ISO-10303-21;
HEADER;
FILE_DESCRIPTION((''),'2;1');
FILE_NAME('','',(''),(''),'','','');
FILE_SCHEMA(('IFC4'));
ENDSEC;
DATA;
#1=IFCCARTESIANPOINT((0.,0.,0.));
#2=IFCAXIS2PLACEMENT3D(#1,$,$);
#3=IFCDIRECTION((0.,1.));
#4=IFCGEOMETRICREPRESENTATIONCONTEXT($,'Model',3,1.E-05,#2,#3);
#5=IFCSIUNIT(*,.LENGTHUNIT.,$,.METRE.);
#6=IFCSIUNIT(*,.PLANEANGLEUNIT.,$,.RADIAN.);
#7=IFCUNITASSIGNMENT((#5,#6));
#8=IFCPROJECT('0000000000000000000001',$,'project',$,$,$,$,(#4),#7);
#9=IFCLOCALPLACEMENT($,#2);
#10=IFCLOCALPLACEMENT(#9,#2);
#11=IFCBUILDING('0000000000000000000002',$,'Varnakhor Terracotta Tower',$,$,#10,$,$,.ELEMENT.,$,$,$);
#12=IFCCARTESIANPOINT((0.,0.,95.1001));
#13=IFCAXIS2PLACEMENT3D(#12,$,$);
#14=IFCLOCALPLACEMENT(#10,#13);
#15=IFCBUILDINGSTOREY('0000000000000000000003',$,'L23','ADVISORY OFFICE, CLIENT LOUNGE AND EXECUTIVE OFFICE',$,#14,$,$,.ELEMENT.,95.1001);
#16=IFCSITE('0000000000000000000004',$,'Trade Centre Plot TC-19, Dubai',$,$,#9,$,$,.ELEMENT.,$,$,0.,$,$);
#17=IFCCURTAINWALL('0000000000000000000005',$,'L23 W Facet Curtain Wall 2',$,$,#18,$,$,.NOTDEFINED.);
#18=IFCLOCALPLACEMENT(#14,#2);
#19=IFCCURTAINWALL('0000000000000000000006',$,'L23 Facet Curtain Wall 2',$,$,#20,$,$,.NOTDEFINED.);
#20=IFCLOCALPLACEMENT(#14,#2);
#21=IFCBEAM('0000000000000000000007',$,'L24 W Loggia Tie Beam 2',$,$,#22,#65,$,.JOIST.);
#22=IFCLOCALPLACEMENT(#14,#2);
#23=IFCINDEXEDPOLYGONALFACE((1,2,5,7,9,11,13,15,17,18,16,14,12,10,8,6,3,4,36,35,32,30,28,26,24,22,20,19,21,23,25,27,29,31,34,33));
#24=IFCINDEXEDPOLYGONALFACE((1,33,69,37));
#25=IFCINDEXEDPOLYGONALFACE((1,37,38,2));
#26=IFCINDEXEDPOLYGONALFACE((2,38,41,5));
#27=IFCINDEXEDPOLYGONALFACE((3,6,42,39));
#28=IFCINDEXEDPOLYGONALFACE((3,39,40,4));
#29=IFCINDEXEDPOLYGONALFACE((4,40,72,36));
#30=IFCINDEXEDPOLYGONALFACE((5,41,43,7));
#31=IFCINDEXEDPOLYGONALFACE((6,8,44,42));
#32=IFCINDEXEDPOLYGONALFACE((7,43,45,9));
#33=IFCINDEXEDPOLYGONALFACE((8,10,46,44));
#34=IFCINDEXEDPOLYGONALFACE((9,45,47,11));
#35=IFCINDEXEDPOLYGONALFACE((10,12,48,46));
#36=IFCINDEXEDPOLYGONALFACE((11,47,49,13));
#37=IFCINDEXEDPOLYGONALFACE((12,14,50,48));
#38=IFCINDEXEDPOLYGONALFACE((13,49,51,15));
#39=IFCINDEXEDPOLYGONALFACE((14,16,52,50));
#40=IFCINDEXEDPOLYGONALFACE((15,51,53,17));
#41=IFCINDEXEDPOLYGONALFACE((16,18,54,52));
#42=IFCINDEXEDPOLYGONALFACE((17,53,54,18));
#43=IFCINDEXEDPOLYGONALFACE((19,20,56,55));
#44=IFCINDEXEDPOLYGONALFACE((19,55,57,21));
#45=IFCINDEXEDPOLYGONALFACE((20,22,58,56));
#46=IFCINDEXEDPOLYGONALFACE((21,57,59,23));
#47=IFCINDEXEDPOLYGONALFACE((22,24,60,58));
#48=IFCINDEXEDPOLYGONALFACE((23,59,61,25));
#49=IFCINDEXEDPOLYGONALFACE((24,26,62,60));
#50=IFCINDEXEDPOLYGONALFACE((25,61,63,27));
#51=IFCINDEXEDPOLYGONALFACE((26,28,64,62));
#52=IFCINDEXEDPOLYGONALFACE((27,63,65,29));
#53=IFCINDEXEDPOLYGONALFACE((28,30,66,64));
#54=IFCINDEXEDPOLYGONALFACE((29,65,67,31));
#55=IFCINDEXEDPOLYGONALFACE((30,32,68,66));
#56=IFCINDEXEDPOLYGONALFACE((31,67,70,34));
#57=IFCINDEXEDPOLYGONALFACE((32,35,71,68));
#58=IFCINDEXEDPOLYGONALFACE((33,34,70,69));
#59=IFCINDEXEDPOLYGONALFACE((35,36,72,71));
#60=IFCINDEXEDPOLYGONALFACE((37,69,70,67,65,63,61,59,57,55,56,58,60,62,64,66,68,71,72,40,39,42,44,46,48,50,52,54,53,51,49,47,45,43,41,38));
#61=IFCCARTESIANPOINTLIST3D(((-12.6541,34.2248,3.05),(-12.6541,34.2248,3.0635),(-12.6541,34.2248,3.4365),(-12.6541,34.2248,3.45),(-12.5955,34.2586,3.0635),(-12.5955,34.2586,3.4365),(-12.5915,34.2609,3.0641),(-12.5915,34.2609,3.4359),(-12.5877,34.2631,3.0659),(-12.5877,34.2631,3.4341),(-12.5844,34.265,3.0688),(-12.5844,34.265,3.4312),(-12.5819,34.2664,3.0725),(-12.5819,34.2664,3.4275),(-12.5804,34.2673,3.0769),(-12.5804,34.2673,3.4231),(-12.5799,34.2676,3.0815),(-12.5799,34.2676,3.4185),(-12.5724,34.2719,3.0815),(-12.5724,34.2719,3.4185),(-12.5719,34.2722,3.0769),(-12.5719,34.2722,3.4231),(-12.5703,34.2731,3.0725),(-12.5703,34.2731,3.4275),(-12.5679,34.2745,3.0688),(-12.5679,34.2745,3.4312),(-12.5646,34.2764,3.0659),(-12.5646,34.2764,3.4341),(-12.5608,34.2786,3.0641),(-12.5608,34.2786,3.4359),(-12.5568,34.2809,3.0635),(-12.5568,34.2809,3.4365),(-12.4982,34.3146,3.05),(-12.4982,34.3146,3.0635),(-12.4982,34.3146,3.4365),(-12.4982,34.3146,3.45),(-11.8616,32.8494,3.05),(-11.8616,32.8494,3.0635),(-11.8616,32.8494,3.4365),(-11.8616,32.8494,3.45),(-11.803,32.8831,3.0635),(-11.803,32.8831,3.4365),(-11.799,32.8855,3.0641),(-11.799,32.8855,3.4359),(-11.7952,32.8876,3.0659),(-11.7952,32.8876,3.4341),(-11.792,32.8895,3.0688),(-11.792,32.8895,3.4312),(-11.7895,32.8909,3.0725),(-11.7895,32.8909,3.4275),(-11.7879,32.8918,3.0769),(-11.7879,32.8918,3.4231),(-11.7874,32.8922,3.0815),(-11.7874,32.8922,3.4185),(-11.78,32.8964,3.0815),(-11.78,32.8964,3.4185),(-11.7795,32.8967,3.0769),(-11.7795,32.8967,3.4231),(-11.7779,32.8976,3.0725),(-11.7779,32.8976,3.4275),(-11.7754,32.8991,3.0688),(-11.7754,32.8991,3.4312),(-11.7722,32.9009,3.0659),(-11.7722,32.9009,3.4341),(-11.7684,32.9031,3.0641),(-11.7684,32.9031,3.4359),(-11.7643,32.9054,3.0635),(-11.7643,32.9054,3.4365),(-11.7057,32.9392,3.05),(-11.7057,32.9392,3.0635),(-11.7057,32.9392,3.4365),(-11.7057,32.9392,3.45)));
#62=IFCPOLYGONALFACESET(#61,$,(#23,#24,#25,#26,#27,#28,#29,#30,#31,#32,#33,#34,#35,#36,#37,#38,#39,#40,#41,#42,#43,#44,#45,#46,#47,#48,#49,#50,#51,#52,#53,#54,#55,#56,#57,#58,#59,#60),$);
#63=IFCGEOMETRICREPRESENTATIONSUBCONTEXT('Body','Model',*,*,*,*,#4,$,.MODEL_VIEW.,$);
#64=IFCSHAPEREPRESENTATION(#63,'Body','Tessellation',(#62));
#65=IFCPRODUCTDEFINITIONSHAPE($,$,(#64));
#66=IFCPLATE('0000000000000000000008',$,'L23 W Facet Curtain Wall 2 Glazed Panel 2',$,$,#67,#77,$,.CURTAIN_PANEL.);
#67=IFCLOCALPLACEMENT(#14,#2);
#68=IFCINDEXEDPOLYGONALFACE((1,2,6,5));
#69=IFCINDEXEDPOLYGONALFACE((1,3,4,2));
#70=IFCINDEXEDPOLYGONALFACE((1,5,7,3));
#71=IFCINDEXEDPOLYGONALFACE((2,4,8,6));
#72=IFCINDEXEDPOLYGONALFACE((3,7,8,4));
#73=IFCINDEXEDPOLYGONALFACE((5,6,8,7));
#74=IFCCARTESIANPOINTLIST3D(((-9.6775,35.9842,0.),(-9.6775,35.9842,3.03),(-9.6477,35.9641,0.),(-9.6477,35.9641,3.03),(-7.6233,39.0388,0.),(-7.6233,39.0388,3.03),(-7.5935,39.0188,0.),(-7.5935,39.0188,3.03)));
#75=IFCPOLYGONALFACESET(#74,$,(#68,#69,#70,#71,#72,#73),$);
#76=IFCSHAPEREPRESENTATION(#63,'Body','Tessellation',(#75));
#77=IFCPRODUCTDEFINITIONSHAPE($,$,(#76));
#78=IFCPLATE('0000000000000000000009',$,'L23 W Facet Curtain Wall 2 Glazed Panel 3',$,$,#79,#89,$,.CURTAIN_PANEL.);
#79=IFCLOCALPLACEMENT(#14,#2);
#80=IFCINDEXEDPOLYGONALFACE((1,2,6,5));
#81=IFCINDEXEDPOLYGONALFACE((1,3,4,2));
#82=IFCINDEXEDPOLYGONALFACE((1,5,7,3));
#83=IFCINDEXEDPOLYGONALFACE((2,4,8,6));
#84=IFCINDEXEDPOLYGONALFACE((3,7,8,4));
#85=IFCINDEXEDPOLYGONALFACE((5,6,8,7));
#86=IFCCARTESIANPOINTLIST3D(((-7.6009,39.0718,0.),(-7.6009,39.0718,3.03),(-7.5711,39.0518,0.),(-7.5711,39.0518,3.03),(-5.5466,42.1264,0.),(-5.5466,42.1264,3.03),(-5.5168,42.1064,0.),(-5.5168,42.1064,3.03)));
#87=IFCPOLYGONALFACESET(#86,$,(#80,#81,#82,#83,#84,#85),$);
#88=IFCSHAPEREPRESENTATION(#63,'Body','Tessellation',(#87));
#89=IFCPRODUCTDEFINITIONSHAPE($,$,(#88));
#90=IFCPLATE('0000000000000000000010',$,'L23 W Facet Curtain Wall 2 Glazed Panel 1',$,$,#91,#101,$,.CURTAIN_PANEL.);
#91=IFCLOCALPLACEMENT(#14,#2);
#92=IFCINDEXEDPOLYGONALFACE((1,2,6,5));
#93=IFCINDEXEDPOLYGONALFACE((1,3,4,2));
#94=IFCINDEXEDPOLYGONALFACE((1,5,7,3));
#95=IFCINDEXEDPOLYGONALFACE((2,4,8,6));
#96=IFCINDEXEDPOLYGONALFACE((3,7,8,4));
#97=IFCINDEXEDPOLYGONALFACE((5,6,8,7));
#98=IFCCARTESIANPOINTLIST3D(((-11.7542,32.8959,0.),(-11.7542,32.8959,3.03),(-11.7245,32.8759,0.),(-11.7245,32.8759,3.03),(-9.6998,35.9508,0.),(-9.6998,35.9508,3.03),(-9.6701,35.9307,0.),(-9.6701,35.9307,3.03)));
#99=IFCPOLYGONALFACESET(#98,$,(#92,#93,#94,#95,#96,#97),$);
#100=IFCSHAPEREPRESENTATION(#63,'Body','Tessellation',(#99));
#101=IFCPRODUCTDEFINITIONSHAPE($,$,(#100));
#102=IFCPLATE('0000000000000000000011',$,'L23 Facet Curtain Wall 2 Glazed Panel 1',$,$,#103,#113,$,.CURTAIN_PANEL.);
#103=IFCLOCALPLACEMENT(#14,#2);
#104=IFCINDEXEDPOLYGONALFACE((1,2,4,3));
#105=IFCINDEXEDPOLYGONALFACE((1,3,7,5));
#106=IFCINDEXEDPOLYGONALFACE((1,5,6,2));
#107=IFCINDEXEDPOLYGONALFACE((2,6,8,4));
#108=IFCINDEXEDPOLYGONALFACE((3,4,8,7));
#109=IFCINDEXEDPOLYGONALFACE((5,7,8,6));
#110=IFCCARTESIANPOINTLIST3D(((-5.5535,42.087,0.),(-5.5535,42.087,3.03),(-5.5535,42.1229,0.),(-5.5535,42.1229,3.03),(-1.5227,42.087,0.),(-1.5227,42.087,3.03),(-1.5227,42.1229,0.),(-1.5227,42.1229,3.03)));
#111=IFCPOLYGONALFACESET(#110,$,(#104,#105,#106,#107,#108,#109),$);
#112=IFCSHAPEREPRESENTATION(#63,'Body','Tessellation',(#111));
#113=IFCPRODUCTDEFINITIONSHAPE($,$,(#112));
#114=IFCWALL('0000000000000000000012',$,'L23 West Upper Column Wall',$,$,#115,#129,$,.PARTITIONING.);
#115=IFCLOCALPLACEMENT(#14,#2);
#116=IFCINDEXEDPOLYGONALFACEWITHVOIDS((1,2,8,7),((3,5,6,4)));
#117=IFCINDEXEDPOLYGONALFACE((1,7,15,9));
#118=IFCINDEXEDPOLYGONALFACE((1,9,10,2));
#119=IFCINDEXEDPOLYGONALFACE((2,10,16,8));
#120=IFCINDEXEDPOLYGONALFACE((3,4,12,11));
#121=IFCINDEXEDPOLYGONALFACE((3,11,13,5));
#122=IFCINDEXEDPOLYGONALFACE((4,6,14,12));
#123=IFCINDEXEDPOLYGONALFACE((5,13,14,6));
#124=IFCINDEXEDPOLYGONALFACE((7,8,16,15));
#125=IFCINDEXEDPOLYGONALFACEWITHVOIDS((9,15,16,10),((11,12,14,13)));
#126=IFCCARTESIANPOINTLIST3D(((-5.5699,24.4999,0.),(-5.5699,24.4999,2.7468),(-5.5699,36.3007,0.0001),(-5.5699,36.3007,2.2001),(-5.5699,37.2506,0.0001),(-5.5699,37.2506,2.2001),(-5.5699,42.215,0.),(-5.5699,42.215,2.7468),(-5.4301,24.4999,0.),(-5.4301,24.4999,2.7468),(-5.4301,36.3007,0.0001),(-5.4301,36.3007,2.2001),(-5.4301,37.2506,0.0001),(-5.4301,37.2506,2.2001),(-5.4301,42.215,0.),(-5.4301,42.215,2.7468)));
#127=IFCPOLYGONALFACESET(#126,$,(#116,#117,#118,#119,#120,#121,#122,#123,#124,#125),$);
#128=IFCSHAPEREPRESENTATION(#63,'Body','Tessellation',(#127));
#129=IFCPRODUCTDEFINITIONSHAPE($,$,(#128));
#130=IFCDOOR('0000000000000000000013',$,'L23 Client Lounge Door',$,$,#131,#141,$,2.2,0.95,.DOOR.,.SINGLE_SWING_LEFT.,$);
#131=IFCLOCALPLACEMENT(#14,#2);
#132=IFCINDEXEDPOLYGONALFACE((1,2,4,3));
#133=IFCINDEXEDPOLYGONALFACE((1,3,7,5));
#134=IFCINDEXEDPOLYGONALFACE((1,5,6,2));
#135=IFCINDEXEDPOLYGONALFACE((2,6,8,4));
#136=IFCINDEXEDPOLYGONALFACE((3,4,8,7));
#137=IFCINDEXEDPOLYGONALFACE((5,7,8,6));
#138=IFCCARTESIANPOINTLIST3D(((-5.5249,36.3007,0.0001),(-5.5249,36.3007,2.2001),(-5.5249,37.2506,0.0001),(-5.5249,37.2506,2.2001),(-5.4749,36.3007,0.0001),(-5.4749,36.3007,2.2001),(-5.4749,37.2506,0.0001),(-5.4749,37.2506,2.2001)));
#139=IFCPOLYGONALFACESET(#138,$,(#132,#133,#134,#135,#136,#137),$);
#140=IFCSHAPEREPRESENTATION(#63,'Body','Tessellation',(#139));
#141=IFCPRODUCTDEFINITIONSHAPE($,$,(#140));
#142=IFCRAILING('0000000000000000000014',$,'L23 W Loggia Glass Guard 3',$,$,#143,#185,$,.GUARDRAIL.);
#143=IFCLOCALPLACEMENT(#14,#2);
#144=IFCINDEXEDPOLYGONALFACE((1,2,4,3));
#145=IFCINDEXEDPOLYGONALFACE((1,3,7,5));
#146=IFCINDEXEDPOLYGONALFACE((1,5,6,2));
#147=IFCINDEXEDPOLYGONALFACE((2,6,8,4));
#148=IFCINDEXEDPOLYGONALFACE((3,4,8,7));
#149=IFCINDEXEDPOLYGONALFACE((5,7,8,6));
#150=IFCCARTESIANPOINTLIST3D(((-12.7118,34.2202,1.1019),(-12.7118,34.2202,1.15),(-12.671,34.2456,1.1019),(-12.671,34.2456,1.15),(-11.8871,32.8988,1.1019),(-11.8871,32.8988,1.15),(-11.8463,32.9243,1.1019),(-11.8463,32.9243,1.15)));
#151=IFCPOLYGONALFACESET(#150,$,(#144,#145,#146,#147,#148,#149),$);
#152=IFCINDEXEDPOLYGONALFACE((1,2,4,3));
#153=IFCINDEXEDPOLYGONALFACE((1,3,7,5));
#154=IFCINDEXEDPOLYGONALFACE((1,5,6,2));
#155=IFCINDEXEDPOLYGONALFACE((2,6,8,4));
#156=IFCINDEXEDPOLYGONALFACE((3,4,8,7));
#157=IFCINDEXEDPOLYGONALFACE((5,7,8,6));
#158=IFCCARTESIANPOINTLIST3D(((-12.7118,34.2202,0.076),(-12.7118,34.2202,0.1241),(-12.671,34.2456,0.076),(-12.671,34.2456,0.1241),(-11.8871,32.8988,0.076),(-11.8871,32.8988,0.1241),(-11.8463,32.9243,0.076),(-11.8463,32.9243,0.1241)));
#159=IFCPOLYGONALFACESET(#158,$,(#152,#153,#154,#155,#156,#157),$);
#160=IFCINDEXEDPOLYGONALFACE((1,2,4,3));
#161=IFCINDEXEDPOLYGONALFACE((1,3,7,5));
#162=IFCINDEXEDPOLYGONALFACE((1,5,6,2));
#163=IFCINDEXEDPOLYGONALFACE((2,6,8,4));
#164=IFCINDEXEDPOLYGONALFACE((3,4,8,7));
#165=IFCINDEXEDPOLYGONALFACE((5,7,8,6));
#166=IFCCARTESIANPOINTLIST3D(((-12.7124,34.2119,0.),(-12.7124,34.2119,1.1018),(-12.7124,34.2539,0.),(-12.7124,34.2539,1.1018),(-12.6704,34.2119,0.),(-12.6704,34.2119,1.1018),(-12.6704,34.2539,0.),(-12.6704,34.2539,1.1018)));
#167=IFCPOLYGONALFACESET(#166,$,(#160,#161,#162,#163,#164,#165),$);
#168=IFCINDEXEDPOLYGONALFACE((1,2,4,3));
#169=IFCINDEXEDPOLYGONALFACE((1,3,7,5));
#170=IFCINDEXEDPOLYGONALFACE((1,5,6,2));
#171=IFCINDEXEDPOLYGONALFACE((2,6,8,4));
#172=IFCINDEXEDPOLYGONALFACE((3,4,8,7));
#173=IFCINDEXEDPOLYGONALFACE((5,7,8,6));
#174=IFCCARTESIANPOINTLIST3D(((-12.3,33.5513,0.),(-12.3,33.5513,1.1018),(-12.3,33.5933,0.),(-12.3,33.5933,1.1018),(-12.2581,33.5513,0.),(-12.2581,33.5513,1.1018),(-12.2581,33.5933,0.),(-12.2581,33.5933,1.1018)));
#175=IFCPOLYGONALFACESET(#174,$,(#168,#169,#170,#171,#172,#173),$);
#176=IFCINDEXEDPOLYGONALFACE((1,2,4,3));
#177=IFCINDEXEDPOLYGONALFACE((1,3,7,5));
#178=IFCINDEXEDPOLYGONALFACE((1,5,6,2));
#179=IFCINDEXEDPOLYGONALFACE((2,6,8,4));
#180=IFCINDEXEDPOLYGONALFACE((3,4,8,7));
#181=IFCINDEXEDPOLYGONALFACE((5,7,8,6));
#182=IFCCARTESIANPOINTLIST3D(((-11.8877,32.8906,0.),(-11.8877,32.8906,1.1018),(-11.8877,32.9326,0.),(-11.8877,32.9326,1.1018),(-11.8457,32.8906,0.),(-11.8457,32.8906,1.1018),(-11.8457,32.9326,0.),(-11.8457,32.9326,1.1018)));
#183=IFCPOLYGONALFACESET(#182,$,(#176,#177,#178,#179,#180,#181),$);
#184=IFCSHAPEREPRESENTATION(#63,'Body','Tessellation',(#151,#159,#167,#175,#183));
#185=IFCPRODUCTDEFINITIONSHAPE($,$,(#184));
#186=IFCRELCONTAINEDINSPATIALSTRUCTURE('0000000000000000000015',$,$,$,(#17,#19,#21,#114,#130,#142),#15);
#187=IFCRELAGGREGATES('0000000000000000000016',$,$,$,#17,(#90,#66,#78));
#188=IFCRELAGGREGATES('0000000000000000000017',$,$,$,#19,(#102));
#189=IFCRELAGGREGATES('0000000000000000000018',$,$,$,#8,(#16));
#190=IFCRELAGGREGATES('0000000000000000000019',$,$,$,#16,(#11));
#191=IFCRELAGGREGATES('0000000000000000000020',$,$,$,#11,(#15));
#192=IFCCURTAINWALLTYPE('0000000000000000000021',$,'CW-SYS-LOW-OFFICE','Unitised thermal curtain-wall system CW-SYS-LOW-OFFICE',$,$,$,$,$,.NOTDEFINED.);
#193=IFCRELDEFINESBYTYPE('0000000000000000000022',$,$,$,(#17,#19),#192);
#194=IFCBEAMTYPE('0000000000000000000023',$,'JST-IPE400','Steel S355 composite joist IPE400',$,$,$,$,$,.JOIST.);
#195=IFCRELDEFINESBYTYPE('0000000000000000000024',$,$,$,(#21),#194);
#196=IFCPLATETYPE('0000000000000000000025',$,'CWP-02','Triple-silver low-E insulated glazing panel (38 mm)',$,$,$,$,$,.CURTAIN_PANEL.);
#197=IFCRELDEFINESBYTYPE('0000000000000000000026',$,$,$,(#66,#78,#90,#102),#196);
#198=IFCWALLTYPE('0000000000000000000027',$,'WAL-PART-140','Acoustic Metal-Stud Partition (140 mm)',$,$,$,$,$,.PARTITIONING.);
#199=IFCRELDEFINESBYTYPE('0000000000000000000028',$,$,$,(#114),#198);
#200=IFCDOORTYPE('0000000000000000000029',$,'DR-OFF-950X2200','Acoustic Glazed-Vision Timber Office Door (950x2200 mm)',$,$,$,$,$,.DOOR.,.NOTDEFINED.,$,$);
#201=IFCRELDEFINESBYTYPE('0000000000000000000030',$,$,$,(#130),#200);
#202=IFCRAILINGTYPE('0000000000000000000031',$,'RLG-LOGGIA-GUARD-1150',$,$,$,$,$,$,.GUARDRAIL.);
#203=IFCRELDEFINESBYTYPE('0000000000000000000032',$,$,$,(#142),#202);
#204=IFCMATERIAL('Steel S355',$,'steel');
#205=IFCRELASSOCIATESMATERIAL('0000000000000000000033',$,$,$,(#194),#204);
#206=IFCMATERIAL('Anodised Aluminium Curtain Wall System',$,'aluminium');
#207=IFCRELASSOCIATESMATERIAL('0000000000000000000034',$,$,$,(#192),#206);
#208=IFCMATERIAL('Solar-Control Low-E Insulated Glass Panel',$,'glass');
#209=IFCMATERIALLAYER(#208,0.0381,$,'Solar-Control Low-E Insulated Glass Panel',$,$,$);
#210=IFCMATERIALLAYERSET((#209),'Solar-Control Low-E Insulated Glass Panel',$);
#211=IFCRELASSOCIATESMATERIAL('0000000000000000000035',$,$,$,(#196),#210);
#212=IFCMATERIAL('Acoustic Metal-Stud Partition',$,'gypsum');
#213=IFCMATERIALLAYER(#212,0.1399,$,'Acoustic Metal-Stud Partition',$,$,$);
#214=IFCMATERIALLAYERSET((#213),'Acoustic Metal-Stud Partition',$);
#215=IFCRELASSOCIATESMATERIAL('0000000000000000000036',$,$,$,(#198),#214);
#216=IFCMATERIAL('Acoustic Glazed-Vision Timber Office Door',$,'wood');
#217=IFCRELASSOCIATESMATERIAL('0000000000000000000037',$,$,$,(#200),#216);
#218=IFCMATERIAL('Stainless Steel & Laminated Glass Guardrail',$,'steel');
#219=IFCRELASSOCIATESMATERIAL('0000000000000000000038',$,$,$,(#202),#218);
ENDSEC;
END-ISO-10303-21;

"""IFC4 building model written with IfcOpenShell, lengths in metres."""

from ifc_helpers import new_model, si_unit, direction, frame, frame_2d, origin, origin_2d, place, context, subcontext, project, spatial, rectangle, i_section, extrude, source, transform, mapped, material, layer, layer_set, material_profile, profile_set, type_object, type_shapes, element, fill, aggregate, save


model = new_model("IFC4")

# Units and contexts
model_context = context("Model", 3, precision=1e-05, world=origin(), true_north=direction((0.0, 1.0)))
body_context = subcontext(model_context, "Body", "Model", "MODEL_VIEW")
ifc_project = project(units=[si_unit("LENGTHUNIT", "METRE"), si_unit("PLANEANGLEUNIT", "RADIAN")], contexts=[model_context])

# Site, building, storey
site_placement = place(None, origin())
site = spatial("IfcSite", under=ifc_project, at=site_placement, Name="Trade Centre Plot TC-19, Dubai", CompositionType="ELEMENT", RefElevation=0.0)
building_placement = place(site_placement, origin())
building = spatial("IfcBuilding", under=site, at=building_placement, Name="Varnakhor Terracotta Tower", CompositionType="ELEMENT")
storey_placement = place(building_placement, frame((0.0, 0.0, 95.1001)))
storey = spatial("IfcBuildingStorey", under=building, at=storey_placement, Name="L23", Description="ADVISORY OFFICE, CLIENT LOUNGE AND EXECUTIVE OFFICE", CompositionType="ELEMENT", Elevation=95.1001)

# Shared definitions
ifc_material_1 = material(Name="Steel S355", Category="steel")
ifc_material_profile_1 = material_profile(ifc_material_1, i_section(OverallWidth=0.1799, OverallDepth=0.3999, WebThickness=0.0085, FlangeThickness=0.0134, FilletRadius=0.0181, at=origin_2d()), Name="IPE400")
ifc_profile_set_1 = profile_set([ifc_material_profile_1], Name="Steel S355")
beam_type_1 = type_object("IfcBeamType", Name="JST-IPE400", Description="Steel S355 composite joist IPE400", PredefinedType="JOIST", material=ifc_profile_set_1)

# Curtain walls
ifc_material_2 = material(Name="Anodised Aluminium Curtain Wall System", Category="aluminium")
curtain_wall_type = type_object("IfcCurtainWallType", Name="CW-SYS-LOW-OFFICE", Description="Unitised thermal curtain-wall system CW-SYS-LOW-OFFICE", PredefinedType="NOTDEFINED", material=ifc_material_2)
curtain_wall_1_placement = place(storey_placement, origin())
curtain_wall_1 = element("IfcCurtainWall", 1, at=curtain_wall_1_placement, inside=storey, type_object=curtain_wall_type, Name="L23 W Facet Curtain Wall 2", PredefinedType="NOTDEFINED")
curtain_wall_2_placement = place(storey_placement, origin())
curtain_wall_2 = element("IfcCurtainWall", 2, at=curtain_wall_2_placement, inside=storey, type_object=curtain_wall_type, Name="L23 Facet Curtain Wall 2", PredefinedType="NOTDEFINED")

# Beam
shared_shape_1 = source(origin(), body_context, "Body", "SweptSolid", [
    extrude(i_section(OverallWidth=0.1799, OverallDepth=0.3999, WebThickness=0.0085, FlangeThickness=0.0134, FilletRadius=0.0181, at=origin_2d()), origin(), (0.0, 0.0, 1.0), 1.5874),
])
beam_1_placement = place(storey_placement, frame((-11.7837, 32.8943, 3.25), z_axis=(-0.499216, 0.866477, 0.0), x_axis=(-0.866477, -0.499216, 0.0)))
element("IfcBeam", 3, at=beam_1_placement, inside=storey, type_object=beam_type_1, Name="L24 W Loggia Tie Beam 2", PredefinedType="JOIST", context=body_context, shape_type="MappedRepresentation", body=[
    mapped(shared_shape_1, transform((0.0, 0.0, 0.0), scale=1.0)),
])

# Plates
ifc_material_3 = material(Name="Solar-Control Low-E Insulated Glass Panel", Category="glass")
ifc_layer_1 = layer(ifc_material_3, 0.0381, Name="Solar-Control Low-E Insulated Glass Panel")
ifc_layer_set_1 = layer_set([ifc_layer_1], Name="Solar-Control Low-E Insulated Glass Panel")
plate_type = type_object("IfcPlateType", Name="CWP-02", Description="Triple-silver low-E insulated glazing panel (38 mm)", PredefinedType="CURTAIN_PANEL", material=ifc_layer_set_1)
shared_shape_2 = source(origin(), body_context, "Body", "SweptSolid", [
    extrude(rectangle(XDim=3.6812, YDim=0.0359, at=origin_2d()), origin(), (0.0, 0.0, 1.0), 3.03),
])
plate_1_placement = place(storey_placement, frame((-8.6355, 37.5015, 0.0), z_axis=(0.0, 0.0, 1.0), x_axis=(0.558049, 0.829808, 0.0)))
plate_1 = element("IfcPlate", 4, at=plate_1_placement, type_object=plate_type, Name="L23 W Facet Curtain Wall 2 Glazed Panel 2", PredefinedType="CURTAIN_PANEL", context=body_context, shape_type="MappedRepresentation", body=[
    mapped(shared_shape_2, transform((0.0, 0.0, 0.0), scale=1.0)),
])
plate_2_placement = place(storey_placement, frame((-6.5588, 40.5891, 0.0), z_axis=(0.0, 0.0, 1.0), x_axis=(0.558049, 0.829808, 0.0)))
plate_2 = element("IfcPlate", 5, at=plate_2_placement, type_object=plate_type, Name="L23 W Facet Curtain Wall 2 Glazed Panel 3", PredefinedType="CURTAIN_PANEL", context=body_context, shape_type="MappedRepresentation", body=[
    mapped(shared_shape_2, transform((0.0, 0.0, 0.0), scale=1.0)),
])
shared_shape_3 = source(origin(), body_context, "Body", "SweptSolid", [
    extrude(rectangle(XDim=3.6814, YDim=0.0359, at=origin_2d()), origin(), (0.0, 0.0, 1.0), 3.03),
])
plate_3_placement = place(storey_placement, frame((-10.7122, 34.4133, 0.0), z_axis=(0.0, 0.0, 1.0), x_axis=(0.558049, 0.829808, 0.0)))
plate_3 = element("IfcPlate", 6, at=plate_3_placement, type_object=plate_type, Name="L23 W Facet Curtain Wall 2 Glazed Panel 1", PredefinedType="CURTAIN_PANEL", context=body_context, shape_type="MappedRepresentation", body=[
    mapped(shared_shape_3, transform((0.0, 0.0, 0.0), scale=1.0)),
])
aggregate(curtain_wall_1, [plate_3, plate_1, plate_2])
shared_shape_4 = source(origin(), body_context, "Body", "SweptSolid", [
    extrude(rectangle(XDim=4.0308, YDim=0.0359, at=origin_2d()), origin(), (0.0, 0.0, 1.0), 3.03),
])
plate_4_placement = place(storey_placement, frame((-3.5381, 42.105, 0.0), z_axis=(0.0, 0.0, 1.0), x_axis=(1.0, 0.0, 0.0)))
plate_4 = element("IfcPlate", 7, at=plate_4_placement, type_object=plate_type, Name="L23 Facet Curtain Wall 2 Glazed Panel 1", PredefinedType="CURTAIN_PANEL", context=body_context, shape_type="MappedRepresentation", body=[
    mapped(shared_shape_4, transform((0.0, 0.0, 0.0), scale=1.0)),
])
aggregate(curtain_wall_2, [plate_4])

# Wall, opening, door
ifc_material_4 = material(Name="Acoustic Metal-Stud Partition", Category="gypsum")
ifc_layer_2 = layer(ifc_material_4, 0.1399, Name="Acoustic Metal-Stud Partition")
ifc_layer_set_2 = layer_set([ifc_layer_2], Name="Acoustic Metal-Stud Partition")
wall_type = type_object("IfcWallType", Name="WAL-PART-140", Description="Acoustic Metal-Stud Partition (140 mm)", PredefinedType="PARTITIONING", material=ifc_layer_set_2)
wall_placement = place(storey_placement, frame((-5.5, 24.5, 0.0), z_axis=(0.0, 0.0, 1.0), x_axis=(0.0, 1.0, 0.0)))
wall = element("IfcWall", 8, at=wall_placement, inside=storey, type_object=wall_type, Name="L23 West Upper Column Wall", PredefinedType="PARTITIONING", context=body_context, shape_type="SweptSolid", body=[
    extrude(rectangle(XDim=17.7151, YDim=0.1399, at=frame_2d((8.8574, 0.0))), origin(), (0.0, 0.0, 1.0), 2.7468),
])
opening_placement = place(wall_placement, frame((11.8005, 0.0, 0.0)))
opening = element("IfcOpeningElement", 9, at=opening_placement, cuts=wall, PredefinedType="OPENING", context=body_context, shape_type="SweptSolid", body=[
    extrude(rectangle(XDim=0.95, YDim=2.2, at=frame_2d((0.4751, 1.1001))), frame((0.0, 0.0801, 0.0), z_axis=(0.0, -1.0, 0.0), x_axis=(1.0, 0.0, 0.0)), (0.0, 0.0, 1.0), 0.1599),
])
ifc_material_5 = material(Name="Acoustic Glazed-Vision Timber Office Door", Category="wood")
door_type = type_object("IfcDoorType", Name="DR-OFF-950X2200", Description="Acoustic Glazed-Vision Timber Office Door (950x2200 mm)", OperationType="NOTDEFINED", PredefinedType="DOOR", material=ifc_material_5)
shared_shape_5 = source(origin(), body_context, "Body", "SweptSolid", [
    extrude(rectangle(XDim=0.95, YDim=2.2, at=frame_2d((0.4751, 1.1001))), frame((0.0, 0.0249, 0.0), z_axis=(0.0, -1.0, 0.0), x_axis=(1.0, 0.0, 0.0)), (0.0, 0.0, 1.0), 0.05),
])
type_shapes(door_type, [shared_shape_5])
door_placement = place(opening_placement, origin())
door = element("IfcDoor", 10, at=door_placement, inside=storey, type_object=door_type, Name="L23 Client Lounge Door", OperationType="SINGLE_SWING_LEFT", OverallHeight=2.2, OverallWidth=0.95, PredefinedType="DOOR", context=body_context, shape_type="MappedRepresentation", body=[
    mapped(shared_shape_5, transform((0.0, 0.0, 0.0), scale=1.0)),
])
fill(opening, door)

# Railing
ifc_material_6 = material(Name="Stainless Steel & Laminated Glass Guardrail", Category="steel")
railing_type = type_object("IfcRailingType", Name="RLG-LOGGIA-GUARD-1150", PredefinedType="GUARDRAIL", material=ifc_material_6)
railing_placement = place(storey_placement, frame((-12.6914, 34.2329, 0.0)))
element("IfcRailing", 11, at=railing_placement, inside=storey, type_object=railing_type, Name="L23 W Loggia Glass Guard 3", PredefinedType="GUARDRAIL", context=body_context, shape_type="SweptSolid", body=[
    extrude(rectangle(XDim=0.0481, YDim=0.0481, at=origin_2d()), frame((0.0, 0.0, 1.126), z_axis=(0.529492, -0.848315, 0.0), x_axis=(0.848315, 0.529492, 0.0)), (0.0, 0.0, 1.0), 1.5576),
    extrude(rectangle(XDim=0.0481, YDim=0.0481, at=origin_2d()), frame((0.0, 0.0, 0.1001), z_axis=(0.529492, -0.848315, 0.0), x_axis=(0.848315, 0.529492, 0.0)), (0.0, 0.0, 1.0), 1.5576),
    extrude(rectangle(XDim=0.042, YDim=0.042, at=origin_2d()), origin(), (0.0, 0.0, 1.0), 1.1018),
    extrude(rectangle(XDim=0.042, YDim=0.042, at=origin_2d()), frame((0.4124, -0.6606, 0.0)), (0.0, 0.0, 1.0), 1.1018),
    extrude(rectangle(XDim=0.042, YDim=0.042, at=origin_2d()), frame((0.8247, -1.3213, 0.0)), (0.0, 0.0, 1.0), 1.1018),
])

save(model, "model.ifc")
